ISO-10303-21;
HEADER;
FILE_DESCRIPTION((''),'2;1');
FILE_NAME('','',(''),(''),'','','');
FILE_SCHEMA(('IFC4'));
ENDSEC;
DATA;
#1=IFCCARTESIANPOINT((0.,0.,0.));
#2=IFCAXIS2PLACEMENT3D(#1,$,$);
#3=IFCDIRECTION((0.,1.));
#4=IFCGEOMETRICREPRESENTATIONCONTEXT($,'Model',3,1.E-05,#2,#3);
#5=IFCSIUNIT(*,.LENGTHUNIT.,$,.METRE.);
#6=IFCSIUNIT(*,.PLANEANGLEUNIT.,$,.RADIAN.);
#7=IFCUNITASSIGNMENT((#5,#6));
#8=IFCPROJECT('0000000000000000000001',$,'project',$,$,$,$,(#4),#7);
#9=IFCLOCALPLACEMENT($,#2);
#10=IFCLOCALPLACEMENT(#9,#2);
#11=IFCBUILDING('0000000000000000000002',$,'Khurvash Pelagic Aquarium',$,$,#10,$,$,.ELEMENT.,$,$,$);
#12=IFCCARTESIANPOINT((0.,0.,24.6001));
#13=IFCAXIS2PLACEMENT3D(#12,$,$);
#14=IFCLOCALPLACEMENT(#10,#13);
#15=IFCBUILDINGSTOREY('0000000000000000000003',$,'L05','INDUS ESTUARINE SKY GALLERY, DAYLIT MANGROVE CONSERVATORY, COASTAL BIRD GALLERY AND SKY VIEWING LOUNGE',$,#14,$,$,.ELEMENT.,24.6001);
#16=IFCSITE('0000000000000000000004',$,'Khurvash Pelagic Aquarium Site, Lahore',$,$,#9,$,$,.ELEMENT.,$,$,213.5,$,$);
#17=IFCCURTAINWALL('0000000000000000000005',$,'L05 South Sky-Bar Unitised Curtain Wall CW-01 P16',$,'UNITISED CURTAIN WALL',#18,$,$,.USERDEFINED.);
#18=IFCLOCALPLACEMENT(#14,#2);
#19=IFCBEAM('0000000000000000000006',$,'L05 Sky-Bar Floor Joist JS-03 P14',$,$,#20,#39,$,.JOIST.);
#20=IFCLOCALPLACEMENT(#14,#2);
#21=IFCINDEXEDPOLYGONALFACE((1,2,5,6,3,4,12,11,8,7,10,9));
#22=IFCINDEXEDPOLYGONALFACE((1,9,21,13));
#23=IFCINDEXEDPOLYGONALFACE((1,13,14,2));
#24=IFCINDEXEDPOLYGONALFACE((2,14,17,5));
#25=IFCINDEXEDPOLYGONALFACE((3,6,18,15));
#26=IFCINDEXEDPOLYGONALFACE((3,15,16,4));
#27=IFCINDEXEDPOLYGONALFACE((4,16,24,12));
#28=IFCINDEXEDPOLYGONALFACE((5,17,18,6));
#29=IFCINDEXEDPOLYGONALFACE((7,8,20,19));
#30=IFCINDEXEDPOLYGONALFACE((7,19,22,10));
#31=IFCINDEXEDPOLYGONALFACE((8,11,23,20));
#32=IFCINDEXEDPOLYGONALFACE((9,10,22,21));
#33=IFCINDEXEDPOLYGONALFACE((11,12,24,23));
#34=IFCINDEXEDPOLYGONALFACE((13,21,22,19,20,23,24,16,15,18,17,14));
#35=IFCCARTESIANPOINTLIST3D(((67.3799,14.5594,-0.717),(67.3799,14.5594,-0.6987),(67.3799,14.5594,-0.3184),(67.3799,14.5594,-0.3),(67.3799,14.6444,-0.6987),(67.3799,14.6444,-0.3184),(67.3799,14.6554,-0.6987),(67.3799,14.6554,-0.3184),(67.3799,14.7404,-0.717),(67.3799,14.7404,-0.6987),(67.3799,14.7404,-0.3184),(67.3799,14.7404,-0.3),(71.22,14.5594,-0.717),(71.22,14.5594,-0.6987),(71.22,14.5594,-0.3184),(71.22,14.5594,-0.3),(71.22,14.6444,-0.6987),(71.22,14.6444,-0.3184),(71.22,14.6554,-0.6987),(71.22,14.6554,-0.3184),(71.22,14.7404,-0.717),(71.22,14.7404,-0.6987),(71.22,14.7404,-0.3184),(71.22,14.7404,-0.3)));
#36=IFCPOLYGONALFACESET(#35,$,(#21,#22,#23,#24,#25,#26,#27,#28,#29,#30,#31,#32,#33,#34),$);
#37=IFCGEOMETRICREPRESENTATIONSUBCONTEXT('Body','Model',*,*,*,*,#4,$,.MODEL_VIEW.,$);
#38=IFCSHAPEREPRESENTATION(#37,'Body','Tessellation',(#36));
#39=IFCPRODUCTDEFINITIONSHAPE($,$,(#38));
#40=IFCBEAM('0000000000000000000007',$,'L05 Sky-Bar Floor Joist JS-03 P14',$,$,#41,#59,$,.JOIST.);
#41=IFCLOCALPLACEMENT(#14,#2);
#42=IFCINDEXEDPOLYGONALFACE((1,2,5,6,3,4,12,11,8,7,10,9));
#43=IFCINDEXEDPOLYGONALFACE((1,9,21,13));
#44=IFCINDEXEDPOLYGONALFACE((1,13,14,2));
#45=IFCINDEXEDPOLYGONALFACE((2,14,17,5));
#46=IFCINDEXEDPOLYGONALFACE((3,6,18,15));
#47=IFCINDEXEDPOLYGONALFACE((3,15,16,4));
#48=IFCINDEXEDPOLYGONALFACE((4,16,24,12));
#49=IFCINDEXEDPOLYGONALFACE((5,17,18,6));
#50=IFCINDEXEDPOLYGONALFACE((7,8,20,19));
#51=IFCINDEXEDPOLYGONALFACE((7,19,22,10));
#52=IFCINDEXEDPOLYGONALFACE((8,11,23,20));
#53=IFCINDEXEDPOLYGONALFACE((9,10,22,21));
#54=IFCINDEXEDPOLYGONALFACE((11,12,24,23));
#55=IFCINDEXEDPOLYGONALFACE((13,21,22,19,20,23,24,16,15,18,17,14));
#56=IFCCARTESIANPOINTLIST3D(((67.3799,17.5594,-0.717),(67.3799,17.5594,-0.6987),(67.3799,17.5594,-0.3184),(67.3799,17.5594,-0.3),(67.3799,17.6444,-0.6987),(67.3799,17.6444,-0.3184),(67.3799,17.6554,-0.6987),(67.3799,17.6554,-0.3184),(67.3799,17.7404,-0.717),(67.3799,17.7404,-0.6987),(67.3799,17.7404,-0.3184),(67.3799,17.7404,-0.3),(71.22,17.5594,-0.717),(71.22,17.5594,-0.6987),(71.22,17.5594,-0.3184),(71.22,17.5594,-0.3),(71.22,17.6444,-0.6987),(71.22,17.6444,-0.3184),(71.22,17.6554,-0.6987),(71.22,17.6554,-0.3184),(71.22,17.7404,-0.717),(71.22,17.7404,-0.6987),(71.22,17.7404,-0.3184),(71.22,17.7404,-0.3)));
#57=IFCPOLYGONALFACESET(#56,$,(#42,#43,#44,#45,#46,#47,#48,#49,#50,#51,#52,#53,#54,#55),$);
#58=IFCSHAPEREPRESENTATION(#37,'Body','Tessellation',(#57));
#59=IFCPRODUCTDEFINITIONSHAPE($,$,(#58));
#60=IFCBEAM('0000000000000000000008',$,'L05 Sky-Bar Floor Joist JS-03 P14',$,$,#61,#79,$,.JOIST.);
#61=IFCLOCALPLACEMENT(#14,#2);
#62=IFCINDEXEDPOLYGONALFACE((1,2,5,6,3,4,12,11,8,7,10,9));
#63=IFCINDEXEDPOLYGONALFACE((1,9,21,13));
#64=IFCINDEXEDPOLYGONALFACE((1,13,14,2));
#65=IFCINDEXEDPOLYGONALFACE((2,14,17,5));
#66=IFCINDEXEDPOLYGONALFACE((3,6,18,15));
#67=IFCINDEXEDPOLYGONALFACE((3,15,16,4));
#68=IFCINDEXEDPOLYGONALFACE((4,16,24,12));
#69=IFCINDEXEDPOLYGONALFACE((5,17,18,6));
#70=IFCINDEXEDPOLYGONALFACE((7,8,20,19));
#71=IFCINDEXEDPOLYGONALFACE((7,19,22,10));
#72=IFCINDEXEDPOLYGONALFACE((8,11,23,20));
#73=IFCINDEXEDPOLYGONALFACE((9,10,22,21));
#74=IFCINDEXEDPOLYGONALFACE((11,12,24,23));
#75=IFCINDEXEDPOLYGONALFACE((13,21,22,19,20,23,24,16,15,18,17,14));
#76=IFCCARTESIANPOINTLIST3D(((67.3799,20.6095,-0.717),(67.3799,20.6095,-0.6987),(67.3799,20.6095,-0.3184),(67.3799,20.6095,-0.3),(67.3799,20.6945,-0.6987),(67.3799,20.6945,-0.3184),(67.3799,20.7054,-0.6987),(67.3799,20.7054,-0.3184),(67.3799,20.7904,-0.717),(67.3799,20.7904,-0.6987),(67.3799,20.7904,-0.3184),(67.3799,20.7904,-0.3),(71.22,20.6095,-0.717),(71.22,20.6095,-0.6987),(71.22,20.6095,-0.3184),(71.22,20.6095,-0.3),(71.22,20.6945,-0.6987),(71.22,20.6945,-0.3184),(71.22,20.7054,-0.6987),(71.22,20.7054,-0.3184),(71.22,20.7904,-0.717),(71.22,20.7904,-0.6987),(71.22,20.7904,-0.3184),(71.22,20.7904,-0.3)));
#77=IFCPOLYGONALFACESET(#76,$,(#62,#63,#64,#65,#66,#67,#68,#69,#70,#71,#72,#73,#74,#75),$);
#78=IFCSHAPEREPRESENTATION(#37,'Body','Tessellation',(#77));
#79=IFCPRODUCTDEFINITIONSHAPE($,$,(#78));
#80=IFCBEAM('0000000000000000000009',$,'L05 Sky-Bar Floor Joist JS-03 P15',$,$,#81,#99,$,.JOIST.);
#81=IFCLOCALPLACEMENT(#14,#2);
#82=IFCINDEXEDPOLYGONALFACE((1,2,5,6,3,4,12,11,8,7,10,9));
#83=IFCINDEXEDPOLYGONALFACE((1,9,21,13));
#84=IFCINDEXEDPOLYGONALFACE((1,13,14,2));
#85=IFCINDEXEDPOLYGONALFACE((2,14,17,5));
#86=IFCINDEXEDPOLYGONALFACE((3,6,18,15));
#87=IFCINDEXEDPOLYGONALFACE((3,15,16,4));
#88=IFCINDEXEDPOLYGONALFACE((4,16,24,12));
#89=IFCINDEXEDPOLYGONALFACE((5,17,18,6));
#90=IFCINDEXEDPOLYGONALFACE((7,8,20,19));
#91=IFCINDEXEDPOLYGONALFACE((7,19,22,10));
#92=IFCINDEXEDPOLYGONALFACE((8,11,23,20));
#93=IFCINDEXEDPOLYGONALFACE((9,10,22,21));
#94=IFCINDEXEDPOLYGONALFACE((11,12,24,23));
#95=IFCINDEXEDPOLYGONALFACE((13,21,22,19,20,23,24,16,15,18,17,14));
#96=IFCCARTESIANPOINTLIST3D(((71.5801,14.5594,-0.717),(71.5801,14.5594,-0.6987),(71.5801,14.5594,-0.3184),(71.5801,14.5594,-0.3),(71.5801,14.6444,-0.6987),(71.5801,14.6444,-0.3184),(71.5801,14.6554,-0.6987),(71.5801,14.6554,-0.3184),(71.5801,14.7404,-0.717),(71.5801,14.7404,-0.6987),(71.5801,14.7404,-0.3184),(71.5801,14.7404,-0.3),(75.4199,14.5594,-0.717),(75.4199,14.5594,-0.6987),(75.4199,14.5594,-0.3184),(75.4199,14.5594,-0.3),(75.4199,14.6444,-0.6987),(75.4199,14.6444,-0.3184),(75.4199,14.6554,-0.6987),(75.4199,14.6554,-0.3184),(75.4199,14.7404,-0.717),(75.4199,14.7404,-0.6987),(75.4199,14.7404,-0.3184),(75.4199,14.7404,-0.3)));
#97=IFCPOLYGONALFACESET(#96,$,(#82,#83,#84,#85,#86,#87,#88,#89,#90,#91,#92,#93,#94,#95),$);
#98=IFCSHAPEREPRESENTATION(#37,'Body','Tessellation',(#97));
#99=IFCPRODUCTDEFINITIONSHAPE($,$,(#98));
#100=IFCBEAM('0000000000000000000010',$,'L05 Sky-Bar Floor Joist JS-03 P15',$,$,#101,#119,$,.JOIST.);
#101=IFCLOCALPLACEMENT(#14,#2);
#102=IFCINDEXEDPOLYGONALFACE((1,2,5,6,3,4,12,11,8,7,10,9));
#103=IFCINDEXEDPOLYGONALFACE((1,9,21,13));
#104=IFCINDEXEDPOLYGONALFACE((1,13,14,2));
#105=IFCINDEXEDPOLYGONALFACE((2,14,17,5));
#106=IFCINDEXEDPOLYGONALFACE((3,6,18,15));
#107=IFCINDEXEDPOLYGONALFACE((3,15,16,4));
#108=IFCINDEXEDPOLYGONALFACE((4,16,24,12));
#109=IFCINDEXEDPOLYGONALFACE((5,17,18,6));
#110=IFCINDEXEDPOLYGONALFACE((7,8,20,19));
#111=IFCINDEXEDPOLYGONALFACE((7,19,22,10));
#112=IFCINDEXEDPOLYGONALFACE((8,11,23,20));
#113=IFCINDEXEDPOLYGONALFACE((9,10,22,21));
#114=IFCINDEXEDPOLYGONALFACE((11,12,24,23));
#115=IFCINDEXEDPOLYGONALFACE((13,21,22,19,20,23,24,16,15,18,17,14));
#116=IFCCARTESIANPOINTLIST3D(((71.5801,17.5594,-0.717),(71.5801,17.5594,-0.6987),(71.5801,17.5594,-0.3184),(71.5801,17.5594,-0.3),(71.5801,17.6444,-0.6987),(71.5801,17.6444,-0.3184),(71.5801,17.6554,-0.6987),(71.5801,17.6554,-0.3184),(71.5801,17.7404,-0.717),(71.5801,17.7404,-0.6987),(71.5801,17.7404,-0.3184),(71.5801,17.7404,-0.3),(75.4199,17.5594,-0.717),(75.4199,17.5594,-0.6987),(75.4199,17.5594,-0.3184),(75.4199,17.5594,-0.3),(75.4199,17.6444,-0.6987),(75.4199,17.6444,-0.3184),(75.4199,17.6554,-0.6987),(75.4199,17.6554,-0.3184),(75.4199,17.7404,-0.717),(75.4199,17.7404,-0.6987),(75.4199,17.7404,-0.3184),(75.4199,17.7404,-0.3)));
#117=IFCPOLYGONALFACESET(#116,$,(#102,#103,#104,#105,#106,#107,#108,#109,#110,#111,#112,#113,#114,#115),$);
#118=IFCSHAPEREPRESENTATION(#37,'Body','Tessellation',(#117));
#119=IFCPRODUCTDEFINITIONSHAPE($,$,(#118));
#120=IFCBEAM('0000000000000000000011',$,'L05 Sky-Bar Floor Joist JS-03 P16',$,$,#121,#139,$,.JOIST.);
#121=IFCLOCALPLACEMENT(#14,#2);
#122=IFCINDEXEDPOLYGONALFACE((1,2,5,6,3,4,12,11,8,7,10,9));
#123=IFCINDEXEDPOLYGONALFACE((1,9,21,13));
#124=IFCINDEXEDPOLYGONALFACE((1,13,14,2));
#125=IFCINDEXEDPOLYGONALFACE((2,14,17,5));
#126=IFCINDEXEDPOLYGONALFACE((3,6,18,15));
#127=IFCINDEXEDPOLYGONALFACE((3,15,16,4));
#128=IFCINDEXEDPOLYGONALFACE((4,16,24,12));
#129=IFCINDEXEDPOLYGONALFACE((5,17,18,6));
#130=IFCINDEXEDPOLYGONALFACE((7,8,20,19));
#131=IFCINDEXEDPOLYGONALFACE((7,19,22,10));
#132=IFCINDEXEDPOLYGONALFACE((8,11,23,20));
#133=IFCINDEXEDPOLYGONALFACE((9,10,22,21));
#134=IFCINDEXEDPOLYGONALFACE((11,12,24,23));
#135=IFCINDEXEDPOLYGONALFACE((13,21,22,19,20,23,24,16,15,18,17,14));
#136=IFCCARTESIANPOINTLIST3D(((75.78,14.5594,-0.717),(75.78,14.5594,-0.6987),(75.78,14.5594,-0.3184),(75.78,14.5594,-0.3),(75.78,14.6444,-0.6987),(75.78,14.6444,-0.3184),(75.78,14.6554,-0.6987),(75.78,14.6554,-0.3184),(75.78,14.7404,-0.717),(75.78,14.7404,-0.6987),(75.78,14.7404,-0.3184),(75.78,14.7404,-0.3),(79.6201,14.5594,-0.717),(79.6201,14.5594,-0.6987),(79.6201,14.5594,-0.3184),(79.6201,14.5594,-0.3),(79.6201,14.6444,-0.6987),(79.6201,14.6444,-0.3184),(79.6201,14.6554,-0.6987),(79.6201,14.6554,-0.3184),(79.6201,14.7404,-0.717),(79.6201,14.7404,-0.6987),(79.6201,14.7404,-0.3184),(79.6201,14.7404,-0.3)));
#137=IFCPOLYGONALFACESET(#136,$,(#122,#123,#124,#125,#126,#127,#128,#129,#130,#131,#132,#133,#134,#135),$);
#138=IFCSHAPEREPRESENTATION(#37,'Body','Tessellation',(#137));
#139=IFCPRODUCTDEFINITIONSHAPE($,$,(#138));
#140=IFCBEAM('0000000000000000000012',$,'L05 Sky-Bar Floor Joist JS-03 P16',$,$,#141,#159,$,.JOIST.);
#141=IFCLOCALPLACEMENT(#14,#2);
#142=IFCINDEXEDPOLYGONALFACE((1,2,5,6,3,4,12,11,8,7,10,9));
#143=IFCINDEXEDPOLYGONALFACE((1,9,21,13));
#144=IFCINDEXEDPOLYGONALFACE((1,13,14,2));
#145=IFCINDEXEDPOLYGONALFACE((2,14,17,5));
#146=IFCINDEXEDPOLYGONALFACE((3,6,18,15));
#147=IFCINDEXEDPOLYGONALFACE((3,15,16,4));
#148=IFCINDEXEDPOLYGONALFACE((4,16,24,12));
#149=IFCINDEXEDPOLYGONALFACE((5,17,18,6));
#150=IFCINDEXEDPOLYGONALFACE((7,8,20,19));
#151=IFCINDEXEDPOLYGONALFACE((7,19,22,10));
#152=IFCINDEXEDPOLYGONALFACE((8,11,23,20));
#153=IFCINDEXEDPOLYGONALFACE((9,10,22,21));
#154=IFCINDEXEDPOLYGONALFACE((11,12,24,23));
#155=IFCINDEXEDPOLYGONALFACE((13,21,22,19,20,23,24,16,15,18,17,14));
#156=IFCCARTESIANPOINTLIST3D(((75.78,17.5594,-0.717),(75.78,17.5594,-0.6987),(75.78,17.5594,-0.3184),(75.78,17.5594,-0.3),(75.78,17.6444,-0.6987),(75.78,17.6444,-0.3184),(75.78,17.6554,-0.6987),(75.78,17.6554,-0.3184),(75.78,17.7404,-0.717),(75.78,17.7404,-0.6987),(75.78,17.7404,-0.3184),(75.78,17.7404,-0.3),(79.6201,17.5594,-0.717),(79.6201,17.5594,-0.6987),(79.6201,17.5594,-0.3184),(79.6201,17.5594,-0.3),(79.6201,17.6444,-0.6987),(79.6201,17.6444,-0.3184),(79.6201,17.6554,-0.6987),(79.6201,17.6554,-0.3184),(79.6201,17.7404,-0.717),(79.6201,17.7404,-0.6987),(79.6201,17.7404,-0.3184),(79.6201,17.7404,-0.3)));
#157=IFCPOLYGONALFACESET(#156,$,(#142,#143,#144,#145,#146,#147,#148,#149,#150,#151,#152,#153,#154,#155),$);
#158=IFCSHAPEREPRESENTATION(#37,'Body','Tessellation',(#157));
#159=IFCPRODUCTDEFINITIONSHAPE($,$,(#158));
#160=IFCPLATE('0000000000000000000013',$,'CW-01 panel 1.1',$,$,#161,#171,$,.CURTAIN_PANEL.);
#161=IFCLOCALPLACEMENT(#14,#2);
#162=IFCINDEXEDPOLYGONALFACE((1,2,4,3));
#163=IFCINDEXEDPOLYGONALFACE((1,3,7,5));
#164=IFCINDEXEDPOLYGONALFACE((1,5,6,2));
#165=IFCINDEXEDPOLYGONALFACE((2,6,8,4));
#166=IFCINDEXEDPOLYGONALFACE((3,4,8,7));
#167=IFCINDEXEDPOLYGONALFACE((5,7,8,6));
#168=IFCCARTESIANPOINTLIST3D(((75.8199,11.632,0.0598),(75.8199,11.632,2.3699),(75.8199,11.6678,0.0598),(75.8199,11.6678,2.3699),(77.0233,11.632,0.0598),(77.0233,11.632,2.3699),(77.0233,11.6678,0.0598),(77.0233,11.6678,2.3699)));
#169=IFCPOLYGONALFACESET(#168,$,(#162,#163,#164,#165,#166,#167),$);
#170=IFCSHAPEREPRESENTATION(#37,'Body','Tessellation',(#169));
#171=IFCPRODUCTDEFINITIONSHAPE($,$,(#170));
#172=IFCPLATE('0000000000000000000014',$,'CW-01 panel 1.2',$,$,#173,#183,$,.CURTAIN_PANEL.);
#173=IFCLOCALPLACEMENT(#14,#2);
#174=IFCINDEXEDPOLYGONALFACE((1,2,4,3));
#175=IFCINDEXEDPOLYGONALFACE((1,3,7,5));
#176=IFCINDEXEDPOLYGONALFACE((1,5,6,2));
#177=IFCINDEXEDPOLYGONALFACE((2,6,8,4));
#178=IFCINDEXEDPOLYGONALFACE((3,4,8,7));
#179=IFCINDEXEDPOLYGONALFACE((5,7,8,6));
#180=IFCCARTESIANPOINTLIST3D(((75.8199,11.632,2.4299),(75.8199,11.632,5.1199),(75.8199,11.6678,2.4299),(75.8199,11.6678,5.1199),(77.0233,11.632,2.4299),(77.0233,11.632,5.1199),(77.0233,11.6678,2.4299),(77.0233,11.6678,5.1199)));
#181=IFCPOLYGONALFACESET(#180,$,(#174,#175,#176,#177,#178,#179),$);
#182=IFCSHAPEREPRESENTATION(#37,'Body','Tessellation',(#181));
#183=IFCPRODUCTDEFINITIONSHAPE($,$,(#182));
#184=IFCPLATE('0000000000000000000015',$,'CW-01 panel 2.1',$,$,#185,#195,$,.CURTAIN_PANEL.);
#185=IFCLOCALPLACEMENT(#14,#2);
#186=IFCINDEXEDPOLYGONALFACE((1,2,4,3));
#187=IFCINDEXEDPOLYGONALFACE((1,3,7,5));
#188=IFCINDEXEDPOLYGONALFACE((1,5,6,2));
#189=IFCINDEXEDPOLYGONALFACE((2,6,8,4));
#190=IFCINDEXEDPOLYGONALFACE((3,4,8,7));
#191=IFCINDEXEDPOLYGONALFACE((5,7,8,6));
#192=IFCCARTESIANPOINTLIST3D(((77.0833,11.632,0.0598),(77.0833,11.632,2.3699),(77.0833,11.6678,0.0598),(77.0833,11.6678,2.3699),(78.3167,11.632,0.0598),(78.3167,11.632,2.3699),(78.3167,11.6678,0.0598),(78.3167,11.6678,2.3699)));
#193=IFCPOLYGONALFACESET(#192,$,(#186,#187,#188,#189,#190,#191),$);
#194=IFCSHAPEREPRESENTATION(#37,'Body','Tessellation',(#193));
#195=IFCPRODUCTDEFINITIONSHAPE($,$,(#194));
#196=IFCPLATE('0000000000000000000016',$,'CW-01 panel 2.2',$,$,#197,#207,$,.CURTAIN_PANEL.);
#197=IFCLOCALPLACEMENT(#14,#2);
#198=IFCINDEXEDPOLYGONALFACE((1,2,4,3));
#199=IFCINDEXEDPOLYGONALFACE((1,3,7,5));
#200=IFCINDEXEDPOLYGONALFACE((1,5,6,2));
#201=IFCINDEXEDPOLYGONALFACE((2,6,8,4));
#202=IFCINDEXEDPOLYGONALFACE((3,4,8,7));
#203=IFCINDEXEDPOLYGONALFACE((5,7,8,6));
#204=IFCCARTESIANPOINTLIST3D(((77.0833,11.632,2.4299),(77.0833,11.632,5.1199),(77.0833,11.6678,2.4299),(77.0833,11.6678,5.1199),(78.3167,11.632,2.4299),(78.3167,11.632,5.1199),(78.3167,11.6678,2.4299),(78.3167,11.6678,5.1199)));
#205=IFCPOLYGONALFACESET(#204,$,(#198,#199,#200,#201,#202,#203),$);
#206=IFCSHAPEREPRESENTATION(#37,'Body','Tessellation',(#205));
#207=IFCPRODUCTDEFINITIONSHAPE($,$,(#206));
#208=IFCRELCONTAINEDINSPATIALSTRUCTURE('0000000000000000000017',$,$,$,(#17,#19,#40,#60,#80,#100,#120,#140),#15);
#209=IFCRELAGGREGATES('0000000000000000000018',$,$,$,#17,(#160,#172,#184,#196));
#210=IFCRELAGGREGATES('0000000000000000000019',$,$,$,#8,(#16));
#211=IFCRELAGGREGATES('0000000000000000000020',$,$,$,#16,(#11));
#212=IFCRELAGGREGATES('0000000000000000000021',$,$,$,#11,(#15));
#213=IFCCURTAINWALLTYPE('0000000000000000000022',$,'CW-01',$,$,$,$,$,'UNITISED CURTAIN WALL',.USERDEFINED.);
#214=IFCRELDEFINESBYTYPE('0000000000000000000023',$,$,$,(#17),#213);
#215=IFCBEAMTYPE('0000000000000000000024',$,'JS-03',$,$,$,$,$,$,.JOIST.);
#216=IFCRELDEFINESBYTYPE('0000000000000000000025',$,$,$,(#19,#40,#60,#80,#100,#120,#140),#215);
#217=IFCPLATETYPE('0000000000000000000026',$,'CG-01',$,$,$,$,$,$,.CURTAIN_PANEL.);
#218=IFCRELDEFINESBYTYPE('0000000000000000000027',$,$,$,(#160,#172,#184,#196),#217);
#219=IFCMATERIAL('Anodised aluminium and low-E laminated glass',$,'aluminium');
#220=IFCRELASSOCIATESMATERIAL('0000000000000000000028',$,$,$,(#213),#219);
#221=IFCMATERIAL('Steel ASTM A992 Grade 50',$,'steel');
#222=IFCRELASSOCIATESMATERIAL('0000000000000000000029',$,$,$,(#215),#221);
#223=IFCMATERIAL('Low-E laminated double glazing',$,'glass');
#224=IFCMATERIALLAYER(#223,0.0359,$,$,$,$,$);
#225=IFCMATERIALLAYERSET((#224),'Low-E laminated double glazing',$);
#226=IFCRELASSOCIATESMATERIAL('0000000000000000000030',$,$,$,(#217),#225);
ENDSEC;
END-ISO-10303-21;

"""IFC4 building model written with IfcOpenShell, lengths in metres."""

from ifc_helpers import new_model, si_unit, direction, frame, origin, origin_2d, place, context, subcontext, project, spatial, rectangle, i_section, extrude, material, layer, layer_set, material_profile, profile_set, type_object, element, aggregate, save


model = new_model("IFC4")

# Units and contexts
model_context = context("Model", 3, precision=1e-05, world=origin(), true_north=direction((0.0, 1.0)))
body_context = subcontext(model_context, "Body", "Model", "MODEL_VIEW")
ifc_project = project(units=[si_unit("LENGTHUNIT", "METRE"), si_unit("PLANEANGLEUNIT", "RADIAN")], contexts=[model_context])

# Site, building, storey
site_placement = place(None, origin())
site = spatial("IfcSite", under=ifc_project, at=site_placement, Name="Khurvash Pelagic Aquarium Site, Lahore", CompositionType="ELEMENT", RefElevation=213.5)
building_placement = place(site_placement, origin())
building = spatial("IfcBuilding", under=site, at=building_placement, Name="Khurvash Pelagic Aquarium", CompositionType="ELEMENT")
storey_placement = place(building_placement, frame((0.0, 0.0, 24.6001)))
storey = spatial("IfcBuildingStorey", under=building, at=storey_placement, Name="L05", Description="INDUS ESTUARINE SKY GALLERY, DAYLIT MANGROVE CONSERVATORY, COASTAL BIRD GALLERY AND SKY VIEWING LOUNGE", CompositionType="ELEMENT", Elevation=24.6001)

# Shared definitions
ifc_material_1 = material(Name="Steel ASTM A992 Grade 50", Category="steel")

# Curtain wall
ifc_material_2 = material(Name="Anodised aluminium and low-E laminated glass", Category="aluminium")
curtain_wall_type = type_object("IfcCurtainWallType", Name="CW-01", ElementType="UNITISED CURTAIN WALL", PredefinedType="USERDEFINED", material=ifc_material_2)
curtain_wall_placement = place(storey_placement, origin())
curtain_wall = element("IfcCurtainWall", 1, at=curtain_wall_placement, inside=storey, type_object=curtain_wall_type, Name="L05 South Sky-Bar Unitised Curtain Wall CW-01 P16", ObjectType="UNITISED CURTAIN WALL", PredefinedType="USERDEFINED")

# Beams
ifc_material_profile_1 = material_profile(ifc_material_1, i_section(OverallWidth=0.1809, OverallDepth=0.417, WebThickness=0.011, FlangeThickness=0.0183, at=origin_2d()), Name="W16X57")
ifc_profile_set_1 = profile_set([ifc_material_profile_1], Name="Steel ASTM A992 Grade 50")
beam_type_1 = type_object("IfcBeamType", Name="JS-03", PredefinedType="JOIST", material=ifc_profile_set_1)
for number, where, z_axis, x_axis, name in (
    (2, (67.3799, 14.6499, -0.5085), (1.0, 0.0, 0.0), (0.0, 1.0, 0.0), "L05 Sky-Bar Floor Joist JS-03 P14"),
    (3, (67.3799, 17.6499, -0.5085), (1.0, 0.0, 0.0), (0.0, 1.0, 0.0), "L05 Sky-Bar Floor Joist JS-03 P14"),
    (4, (67.3799, 20.7, -0.5085), (1.0, 0.0, 0.0), (0.0, 1.0, 0.0), "L05 Sky-Bar Floor Joist JS-03 P14"),
):
    element("IfcBeam", number, at=place(storey_placement, frame(where, z_axis=z_axis, x_axis=x_axis)), inside=storey, type_object=beam_type_1, Name=name, PredefinedType="JOIST", context=body_context, shape_type="SweptSolid", body=[
        extrude(i_section(OverallWidth=0.1809, OverallDepth=0.417, WebThickness=0.011, FlangeThickness=0.0183, at=origin_2d()), origin(), (0.0, 0.0, 1.0), 3.8401),
    ])
for number, where, z_axis, x_axis, name in (
    (5, (71.5801, 14.6499, -0.5085), (1.0, 0.0, 0.0), (0.0, 1.0, 0.0), "L05 Sky-Bar Floor Joist JS-03 P15"),
    (6, (71.5801, 17.6499, -0.5085), (1.0, 0.0, 0.0), (0.0, 1.0, 0.0), "L05 Sky-Bar Floor Joist JS-03 P15"),
):
    element("IfcBeam", number, at=place(storey_placement, frame(where, z_axis=z_axis, x_axis=x_axis)), inside=storey, type_object=beam_type_1, Name=name, PredefinedType="JOIST", context=body_context, shape_type="SweptSolid", body=[
        extrude(i_section(OverallWidth=0.1809, OverallDepth=0.417, WebThickness=0.011, FlangeThickness=0.0183, at=origin_2d()), origin(), (0.0, 0.0, 1.0), 3.8398),
    ])
for number, where, z_axis, x_axis, name in (
    (7, (75.78, 14.6499, -0.5085), (1.0, 0.0, 0.0), (0.0, 1.0, 0.0), "L05 Sky-Bar Floor Joist JS-03 P16"),
    (8, (75.78, 17.6499, -0.5085), (1.0, 0.0, 0.0), (0.0, 1.0, 0.0), "L05 Sky-Bar Floor Joist JS-03 P16"),
):
    element("IfcBeam", number, at=place(storey_placement, frame(where, z_axis=z_axis, x_axis=x_axis)), inside=storey, type_object=beam_type_1, Name=name, PredefinedType="JOIST", context=body_context, shape_type="SweptSolid", body=[
        extrude(i_section(OverallWidth=0.1809, OverallDepth=0.417, WebThickness=0.011, FlangeThickness=0.0183, at=origin_2d()), origin(), (0.0, 0.0, 1.0), 3.8401),
    ])

# Plates
ifc_material_3 = material(Name="Low-E laminated double glazing", Category="glass")
ifc_layer_1 = layer(ifc_material_3, 0.0359)
ifc_layer_set_1 = layer_set([ifc_layer_1], Name="Low-E laminated double glazing")
plate_type_1 = type_object("IfcPlateType", Name="CG-01", PredefinedType="CURTAIN_PANEL", material=ifc_layer_set_1)
plate_1_placement = place(storey_placement, frame((76.4216, 11.6499, 0.0598), z_axis=(0.0, 0.0, 1.0), x_axis=(1.0, 0.0, 0.0)))
plate_1 = element("IfcPlate", 9, at=plate_1_placement, type_object=plate_type_1, Name="CW-01 panel 1.1", PredefinedType="CURTAIN_PANEL", context=body_context, shape_type="SweptSolid", body=[
    extrude(rectangle(XDim=1.2034, YDim=0.0359, at=origin_2d()), origin(), (0.0, 0.0, 1.0), 2.3101),
])
plate_2_placement = place(storey_placement, frame((76.4216, 11.6499, 2.4299), z_axis=(0.0, 0.0, 1.0), x_axis=(1.0, 0.0, 0.0)))
plate_2 = element("IfcPlate", 10, at=plate_2_placement, type_object=plate_type_1, Name="CW-01 panel 1.2", PredefinedType="CURTAIN_PANEL", context=body_context, shape_type="SweptSolid", body=[
    extrude(rectangle(XDim=1.2034, YDim=0.0359, at=origin_2d()), origin(), (0.0, 0.0, 1.0), 2.6899),
])
plate_3_placement = place(storey_placement, frame((77.7, 11.6499, 0.0598), z_axis=(0.0, 0.0, 1.0), x_axis=(1.0, 0.0, 0.0)))
plate_3 = element("IfcPlate", 11, at=plate_3_placement, type_object=plate_type_1, Name="CW-01 panel 2.1", PredefinedType="CURTAIN_PANEL", context=body_context, shape_type="SweptSolid", body=[
    extrude(rectangle(XDim=1.2334, YDim=0.0359, at=origin_2d()), origin(), (0.0, 0.0, 1.0), 2.3101),
])
plate_4_placement = place(storey_placement, frame((77.7, 11.6499, 2.4299), z_axis=(0.0, 0.0, 1.0), x_axis=(1.0, 0.0, 0.0)))
plate_4 = element("IfcPlate", 12, at=plate_4_placement, type_object=plate_type_1, Name="CW-01 panel 2.2", PredefinedType="CURTAIN_PANEL", context=body_context, shape_type="SweptSolid", body=[
    extrude(rectangle(XDim=1.2334, YDim=0.0359, at=origin_2d()), origin(), (0.0, 0.0, 1.0), 2.6899),
])
aggregate(curtain_wall, [plate_1, plate_2, plate_3, plate_4])

save(model, "model.ifc")
